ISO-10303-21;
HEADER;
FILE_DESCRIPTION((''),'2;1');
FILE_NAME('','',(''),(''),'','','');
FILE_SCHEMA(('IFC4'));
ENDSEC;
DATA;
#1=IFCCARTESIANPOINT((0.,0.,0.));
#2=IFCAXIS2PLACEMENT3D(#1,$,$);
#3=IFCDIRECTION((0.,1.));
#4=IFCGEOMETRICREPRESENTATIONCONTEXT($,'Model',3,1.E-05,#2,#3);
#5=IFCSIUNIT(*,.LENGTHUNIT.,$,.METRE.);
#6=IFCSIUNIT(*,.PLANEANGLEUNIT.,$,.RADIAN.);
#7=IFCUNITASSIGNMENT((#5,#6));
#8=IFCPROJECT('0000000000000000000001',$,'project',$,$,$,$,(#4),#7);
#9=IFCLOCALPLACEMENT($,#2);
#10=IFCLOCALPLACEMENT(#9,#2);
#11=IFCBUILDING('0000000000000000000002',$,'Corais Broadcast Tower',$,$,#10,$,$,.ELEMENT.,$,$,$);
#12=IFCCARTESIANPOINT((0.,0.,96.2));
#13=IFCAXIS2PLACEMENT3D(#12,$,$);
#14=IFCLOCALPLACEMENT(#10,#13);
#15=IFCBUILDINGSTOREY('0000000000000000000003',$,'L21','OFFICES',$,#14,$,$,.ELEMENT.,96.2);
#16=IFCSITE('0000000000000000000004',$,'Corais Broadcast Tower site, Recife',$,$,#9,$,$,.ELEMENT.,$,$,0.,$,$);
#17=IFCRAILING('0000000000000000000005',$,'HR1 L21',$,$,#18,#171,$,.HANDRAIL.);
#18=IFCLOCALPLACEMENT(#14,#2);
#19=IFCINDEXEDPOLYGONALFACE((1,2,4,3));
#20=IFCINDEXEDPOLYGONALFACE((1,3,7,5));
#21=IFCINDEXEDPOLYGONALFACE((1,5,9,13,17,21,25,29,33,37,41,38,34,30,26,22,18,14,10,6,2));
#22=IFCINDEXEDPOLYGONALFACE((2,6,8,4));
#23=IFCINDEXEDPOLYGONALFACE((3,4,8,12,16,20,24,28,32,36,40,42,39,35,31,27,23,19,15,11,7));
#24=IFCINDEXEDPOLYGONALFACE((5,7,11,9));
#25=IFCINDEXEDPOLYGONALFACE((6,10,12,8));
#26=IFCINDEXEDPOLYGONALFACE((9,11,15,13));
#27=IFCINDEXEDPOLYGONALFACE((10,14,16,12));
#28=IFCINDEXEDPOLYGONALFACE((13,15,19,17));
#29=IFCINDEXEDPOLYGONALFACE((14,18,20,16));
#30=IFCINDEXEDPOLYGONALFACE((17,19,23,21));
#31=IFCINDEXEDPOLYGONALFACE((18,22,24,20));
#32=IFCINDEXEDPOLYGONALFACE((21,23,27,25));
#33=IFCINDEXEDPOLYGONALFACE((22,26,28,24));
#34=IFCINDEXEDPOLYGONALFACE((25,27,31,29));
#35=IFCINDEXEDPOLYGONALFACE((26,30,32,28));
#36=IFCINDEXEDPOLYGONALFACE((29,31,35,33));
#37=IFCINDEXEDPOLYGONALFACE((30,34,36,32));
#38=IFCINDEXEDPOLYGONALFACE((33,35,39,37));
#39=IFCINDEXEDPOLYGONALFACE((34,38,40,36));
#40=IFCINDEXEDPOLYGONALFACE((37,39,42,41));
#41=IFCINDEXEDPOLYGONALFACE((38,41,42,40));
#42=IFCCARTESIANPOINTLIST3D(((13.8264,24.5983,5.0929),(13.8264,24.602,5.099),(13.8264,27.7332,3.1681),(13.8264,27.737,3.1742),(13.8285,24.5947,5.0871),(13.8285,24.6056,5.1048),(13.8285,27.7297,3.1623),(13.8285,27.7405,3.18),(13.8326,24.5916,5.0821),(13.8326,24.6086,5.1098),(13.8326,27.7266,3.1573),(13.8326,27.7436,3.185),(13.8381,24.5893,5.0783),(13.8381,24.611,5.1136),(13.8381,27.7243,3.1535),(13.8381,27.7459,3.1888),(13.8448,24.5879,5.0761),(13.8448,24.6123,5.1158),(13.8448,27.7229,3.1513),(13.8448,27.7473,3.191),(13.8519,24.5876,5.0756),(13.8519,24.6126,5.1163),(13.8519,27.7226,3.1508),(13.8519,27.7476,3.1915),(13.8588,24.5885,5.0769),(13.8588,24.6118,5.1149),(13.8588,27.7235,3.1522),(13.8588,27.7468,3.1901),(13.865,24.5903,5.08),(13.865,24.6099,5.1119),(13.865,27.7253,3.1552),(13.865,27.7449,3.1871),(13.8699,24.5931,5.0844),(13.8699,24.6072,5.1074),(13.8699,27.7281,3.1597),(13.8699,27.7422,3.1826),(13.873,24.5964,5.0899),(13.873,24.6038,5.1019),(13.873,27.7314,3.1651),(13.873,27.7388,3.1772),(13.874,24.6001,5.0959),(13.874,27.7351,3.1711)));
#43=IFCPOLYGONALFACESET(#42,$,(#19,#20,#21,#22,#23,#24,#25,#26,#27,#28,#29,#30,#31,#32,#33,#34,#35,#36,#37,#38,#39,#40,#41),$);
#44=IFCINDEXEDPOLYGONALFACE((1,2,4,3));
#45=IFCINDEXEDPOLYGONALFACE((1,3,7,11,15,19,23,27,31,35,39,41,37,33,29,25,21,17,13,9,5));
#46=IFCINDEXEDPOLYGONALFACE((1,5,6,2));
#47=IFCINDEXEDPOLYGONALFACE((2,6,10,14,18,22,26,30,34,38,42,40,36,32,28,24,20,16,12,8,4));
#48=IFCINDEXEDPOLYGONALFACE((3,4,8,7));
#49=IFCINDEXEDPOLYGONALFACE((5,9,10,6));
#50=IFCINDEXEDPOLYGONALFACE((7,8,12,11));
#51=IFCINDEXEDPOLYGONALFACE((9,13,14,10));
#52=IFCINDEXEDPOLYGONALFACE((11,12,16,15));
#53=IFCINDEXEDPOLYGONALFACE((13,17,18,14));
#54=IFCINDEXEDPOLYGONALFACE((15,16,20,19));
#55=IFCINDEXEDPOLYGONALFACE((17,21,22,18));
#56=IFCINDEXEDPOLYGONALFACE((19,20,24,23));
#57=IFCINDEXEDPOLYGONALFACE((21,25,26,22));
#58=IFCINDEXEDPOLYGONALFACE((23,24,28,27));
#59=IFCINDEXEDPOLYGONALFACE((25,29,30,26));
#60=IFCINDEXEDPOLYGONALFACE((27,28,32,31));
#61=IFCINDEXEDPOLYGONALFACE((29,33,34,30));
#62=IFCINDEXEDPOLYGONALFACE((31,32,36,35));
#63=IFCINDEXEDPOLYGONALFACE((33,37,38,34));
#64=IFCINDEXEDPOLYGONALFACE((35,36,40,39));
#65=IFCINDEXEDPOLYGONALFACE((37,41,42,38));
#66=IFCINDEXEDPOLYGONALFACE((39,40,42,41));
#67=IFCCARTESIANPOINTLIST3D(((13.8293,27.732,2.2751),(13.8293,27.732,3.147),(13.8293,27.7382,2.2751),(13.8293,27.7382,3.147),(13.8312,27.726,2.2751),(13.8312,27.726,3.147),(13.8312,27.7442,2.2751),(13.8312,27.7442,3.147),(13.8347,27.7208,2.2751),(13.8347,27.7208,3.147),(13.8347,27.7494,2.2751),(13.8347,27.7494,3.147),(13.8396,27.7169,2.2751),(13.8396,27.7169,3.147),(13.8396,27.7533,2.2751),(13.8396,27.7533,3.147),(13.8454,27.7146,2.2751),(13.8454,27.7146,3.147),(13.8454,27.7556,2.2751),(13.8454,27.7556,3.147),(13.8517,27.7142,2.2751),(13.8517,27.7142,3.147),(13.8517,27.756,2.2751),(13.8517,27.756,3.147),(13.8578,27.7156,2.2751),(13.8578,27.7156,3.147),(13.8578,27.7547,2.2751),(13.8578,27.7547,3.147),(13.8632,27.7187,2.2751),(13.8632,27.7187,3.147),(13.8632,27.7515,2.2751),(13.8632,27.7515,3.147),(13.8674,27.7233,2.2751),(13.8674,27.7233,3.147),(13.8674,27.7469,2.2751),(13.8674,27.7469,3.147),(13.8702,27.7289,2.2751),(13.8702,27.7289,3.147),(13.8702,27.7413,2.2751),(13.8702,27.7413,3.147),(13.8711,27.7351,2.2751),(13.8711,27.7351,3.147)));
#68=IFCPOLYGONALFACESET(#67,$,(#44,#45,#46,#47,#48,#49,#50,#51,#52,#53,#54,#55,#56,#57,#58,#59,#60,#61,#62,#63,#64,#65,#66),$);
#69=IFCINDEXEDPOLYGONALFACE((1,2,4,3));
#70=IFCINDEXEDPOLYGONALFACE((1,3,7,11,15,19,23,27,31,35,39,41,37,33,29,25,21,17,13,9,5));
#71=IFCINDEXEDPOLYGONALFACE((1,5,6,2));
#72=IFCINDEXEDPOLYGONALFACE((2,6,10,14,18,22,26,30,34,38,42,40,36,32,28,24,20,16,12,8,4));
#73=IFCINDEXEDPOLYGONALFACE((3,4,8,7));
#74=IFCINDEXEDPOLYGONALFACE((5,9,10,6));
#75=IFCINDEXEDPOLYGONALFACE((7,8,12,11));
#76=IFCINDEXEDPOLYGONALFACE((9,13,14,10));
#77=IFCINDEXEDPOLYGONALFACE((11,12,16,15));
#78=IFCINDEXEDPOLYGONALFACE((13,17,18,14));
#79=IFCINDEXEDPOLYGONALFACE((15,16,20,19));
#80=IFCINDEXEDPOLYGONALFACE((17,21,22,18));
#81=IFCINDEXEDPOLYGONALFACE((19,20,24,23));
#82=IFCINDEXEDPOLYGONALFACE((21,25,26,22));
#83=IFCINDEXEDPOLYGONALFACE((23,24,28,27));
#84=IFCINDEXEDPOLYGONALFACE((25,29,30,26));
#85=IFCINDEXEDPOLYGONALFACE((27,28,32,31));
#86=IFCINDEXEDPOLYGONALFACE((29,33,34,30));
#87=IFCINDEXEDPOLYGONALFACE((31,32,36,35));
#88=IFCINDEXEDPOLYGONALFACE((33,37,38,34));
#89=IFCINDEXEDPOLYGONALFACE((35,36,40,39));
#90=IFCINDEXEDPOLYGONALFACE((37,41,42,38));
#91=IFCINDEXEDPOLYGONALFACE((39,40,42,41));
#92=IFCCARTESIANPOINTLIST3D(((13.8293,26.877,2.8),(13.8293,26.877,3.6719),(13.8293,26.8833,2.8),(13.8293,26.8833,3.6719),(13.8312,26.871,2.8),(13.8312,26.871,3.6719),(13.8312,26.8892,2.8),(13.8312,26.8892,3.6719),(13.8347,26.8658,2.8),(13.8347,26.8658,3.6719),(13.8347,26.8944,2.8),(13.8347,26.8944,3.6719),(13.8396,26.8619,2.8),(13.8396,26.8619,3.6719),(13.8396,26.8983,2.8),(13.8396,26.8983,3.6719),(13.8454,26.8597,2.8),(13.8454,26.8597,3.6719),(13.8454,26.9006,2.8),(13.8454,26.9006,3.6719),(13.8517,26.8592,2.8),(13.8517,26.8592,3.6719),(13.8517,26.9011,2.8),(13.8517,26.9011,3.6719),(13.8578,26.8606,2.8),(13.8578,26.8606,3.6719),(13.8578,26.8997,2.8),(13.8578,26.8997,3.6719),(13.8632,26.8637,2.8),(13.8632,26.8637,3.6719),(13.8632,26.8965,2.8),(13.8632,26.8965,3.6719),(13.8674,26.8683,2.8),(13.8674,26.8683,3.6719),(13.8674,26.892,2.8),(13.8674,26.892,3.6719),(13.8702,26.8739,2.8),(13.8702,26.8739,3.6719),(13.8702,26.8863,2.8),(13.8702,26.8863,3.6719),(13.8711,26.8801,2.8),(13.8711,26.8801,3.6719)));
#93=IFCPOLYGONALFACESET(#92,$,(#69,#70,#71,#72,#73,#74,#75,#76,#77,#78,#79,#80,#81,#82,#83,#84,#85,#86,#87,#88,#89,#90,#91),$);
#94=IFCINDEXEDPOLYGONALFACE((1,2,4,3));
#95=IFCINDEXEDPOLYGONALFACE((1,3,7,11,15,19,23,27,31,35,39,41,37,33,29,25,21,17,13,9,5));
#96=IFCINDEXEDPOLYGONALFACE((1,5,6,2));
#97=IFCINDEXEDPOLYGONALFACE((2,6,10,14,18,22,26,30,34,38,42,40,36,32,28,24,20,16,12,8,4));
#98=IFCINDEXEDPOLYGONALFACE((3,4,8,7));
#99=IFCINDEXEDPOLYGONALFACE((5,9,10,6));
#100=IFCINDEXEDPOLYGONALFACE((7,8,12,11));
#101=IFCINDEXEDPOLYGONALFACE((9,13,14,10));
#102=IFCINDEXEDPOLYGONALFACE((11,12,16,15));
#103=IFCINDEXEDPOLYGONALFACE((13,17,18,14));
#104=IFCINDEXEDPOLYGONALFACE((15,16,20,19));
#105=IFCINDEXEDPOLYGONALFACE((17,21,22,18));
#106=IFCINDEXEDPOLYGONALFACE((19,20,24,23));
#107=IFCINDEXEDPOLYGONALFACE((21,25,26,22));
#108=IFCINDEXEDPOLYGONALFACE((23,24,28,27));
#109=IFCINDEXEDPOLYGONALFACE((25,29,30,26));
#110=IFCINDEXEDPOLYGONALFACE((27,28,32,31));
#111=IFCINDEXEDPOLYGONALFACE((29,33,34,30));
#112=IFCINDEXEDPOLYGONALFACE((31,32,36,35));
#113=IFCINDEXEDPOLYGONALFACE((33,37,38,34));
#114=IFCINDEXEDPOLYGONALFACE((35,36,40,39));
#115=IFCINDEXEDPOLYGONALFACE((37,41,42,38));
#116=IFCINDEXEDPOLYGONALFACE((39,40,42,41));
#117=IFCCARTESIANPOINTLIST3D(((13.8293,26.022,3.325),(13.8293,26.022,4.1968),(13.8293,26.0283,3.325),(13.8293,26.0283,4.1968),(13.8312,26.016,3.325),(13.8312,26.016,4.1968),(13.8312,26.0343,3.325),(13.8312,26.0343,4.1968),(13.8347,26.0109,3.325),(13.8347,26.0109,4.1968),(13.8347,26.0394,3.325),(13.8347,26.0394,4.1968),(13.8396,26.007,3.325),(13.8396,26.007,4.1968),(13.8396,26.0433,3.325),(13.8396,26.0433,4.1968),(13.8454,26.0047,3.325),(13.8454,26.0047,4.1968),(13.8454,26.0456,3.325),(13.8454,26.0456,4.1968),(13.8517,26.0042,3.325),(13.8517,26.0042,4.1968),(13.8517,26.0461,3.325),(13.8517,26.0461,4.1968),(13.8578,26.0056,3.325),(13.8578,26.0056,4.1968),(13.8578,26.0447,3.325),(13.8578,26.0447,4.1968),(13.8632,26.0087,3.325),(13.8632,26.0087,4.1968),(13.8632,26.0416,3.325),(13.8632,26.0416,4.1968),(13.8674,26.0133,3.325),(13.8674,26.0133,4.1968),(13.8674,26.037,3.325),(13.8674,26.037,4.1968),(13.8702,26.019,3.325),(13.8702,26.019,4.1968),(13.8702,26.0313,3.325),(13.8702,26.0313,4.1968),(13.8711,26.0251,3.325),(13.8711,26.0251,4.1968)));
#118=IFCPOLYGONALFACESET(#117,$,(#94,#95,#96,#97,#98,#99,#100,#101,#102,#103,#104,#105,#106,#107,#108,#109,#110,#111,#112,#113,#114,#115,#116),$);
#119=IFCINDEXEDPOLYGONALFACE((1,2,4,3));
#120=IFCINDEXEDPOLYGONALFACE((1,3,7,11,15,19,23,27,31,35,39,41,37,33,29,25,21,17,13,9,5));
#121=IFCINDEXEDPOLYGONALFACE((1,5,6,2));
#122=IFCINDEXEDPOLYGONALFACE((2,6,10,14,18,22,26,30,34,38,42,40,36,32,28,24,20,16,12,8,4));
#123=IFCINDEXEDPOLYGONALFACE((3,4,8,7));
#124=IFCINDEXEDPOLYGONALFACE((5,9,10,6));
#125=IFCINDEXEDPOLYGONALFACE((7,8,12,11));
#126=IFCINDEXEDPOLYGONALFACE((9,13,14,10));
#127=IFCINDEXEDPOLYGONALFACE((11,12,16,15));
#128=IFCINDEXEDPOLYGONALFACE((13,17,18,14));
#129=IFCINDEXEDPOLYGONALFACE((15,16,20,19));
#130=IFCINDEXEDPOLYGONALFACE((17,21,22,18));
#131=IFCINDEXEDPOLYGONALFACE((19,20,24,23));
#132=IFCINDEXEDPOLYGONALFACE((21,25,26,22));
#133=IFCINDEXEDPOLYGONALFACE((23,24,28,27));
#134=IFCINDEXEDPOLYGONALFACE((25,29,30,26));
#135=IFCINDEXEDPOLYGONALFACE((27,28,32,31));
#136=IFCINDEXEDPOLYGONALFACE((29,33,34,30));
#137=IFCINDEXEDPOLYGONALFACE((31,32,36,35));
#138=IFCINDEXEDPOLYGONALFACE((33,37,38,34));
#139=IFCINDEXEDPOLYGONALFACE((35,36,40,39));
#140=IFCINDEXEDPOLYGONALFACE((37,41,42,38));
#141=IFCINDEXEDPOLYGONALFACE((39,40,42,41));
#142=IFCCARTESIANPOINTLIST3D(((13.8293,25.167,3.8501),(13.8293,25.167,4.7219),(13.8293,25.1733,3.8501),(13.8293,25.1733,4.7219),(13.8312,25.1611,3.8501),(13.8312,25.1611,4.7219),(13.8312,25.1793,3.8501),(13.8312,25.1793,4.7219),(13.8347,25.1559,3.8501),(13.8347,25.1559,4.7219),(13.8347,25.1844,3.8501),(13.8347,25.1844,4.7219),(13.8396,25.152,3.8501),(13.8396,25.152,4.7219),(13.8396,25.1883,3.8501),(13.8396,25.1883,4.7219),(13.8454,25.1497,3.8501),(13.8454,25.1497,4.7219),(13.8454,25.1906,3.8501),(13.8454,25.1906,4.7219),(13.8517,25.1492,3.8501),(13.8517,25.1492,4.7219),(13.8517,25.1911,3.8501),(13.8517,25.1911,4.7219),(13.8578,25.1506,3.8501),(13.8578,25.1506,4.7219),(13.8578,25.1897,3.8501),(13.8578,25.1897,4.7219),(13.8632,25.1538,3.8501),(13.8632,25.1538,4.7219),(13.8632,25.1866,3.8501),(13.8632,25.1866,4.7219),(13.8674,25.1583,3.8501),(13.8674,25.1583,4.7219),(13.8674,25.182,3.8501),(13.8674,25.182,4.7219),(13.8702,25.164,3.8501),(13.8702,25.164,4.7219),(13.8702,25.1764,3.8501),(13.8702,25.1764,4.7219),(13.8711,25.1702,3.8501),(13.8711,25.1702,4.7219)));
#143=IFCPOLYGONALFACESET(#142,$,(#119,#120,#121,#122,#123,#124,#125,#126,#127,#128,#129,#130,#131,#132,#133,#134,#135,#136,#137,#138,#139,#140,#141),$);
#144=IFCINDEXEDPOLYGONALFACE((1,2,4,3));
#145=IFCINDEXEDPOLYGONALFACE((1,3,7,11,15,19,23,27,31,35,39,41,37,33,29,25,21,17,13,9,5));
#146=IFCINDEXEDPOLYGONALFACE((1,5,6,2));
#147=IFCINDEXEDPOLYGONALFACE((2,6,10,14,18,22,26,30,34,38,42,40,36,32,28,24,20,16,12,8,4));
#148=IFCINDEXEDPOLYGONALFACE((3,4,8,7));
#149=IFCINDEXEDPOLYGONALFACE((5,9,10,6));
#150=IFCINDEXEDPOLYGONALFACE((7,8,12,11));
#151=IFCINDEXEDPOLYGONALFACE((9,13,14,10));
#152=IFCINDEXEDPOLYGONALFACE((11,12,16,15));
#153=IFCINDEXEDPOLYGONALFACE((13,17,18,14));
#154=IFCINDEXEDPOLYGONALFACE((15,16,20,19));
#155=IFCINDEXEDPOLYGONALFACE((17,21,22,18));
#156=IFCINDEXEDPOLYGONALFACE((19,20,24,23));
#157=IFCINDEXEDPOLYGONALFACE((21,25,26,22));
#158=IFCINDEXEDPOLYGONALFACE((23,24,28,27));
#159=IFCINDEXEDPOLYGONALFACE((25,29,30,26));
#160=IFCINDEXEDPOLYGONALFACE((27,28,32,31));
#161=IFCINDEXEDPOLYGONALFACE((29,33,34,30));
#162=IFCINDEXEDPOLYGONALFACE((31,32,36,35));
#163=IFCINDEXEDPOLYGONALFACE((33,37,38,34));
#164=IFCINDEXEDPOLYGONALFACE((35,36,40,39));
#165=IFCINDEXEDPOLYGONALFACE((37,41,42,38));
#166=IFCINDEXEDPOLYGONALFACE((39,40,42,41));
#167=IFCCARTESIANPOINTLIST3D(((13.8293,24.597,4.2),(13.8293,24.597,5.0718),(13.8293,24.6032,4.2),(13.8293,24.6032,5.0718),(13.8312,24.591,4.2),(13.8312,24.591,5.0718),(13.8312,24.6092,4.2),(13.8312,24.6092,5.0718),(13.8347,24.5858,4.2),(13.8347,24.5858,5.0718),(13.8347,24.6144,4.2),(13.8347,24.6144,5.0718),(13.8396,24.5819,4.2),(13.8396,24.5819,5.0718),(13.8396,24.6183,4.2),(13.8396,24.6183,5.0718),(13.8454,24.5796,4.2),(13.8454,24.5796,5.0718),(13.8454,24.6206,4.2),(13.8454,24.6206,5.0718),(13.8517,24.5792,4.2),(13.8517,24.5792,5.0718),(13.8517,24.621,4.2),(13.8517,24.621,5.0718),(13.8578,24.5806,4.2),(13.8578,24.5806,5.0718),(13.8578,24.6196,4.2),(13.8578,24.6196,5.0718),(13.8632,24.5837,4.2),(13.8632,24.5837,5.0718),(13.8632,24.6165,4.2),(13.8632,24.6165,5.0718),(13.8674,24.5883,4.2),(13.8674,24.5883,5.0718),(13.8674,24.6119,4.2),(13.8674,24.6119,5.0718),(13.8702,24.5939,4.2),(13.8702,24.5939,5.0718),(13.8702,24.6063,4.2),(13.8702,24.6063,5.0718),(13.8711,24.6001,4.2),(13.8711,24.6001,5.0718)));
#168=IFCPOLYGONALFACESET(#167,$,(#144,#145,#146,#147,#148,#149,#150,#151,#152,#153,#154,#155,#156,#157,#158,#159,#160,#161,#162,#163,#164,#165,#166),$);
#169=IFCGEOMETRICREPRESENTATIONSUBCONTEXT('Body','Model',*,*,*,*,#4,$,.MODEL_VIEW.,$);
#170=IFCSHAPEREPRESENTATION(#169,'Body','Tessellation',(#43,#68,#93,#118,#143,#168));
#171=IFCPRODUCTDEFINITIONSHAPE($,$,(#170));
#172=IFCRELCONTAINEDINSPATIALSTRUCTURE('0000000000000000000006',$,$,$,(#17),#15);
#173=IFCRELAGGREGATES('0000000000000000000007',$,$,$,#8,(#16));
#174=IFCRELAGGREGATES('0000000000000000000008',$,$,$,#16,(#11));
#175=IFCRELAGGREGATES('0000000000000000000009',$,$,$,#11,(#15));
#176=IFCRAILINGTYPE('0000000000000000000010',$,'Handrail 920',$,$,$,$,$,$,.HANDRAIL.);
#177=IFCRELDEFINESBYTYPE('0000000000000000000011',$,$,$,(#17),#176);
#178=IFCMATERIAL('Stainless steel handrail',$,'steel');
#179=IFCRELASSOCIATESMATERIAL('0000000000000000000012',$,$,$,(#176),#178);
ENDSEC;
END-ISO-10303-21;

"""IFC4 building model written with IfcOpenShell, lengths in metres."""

from ifc_helpers import new_model, si_unit, direction, frame, origin, origin_2d, place, context, subcontext, project, spatial, circle, extrude, material, type_object, element, save


model = new_model("IFC4")

# Units and contexts
model_context = context("Model", 3, precision=1e-05, world=origin(), true_north=direction((0.0, 1.0)))
body_context = subcontext(model_context, "Body", "Model", "MODEL_VIEW")
ifc_project = project(units=[si_unit("LENGTHUNIT", "METRE"), si_unit("PLANEANGLEUNIT", "RADIAN")], contexts=[model_context])

# Site, building, storey
site_placement = place(None, origin())
site = spatial("IfcSite", under=ifc_project, at=site_placement, Name="Corais Broadcast Tower site, Recife", CompositionType="ELEMENT", RefElevation=0.0)
building_placement = place(site_placement, origin())
building = spatial("IfcBuilding", under=site, at=building_placement, Name="Corais Broadcast Tower", CompositionType="ELEMENT")
storey_placement = place(building_placement, frame((0.0, 0.0, 96.2)))
storey = spatial("IfcBuildingStorey", under=building, at=storey_placement, Name="L21", Description="OFFICES", CompositionType="ELEMENT", Elevation=96.2)

# Railing
ifc_material_1 = material(Name="Stainless steel handrail", Category="steel")
railing_type = type_object("IfcRailingType", Name="Handrail 920", PredefinedType="HANDRAIL", material=ifc_material_1)
railing_placement = place(storey_placement, frame((13.8501, 27.7351, 2.2751)))
element("IfcRailing", 1, at=railing_placement, inside=storey, type_object=railing_type, Name="HR1 L21", PredefinedType="HANDRAIL", context=body_context, shape_type="SweptSolid", body=[
    extrude(circle(Radius=0.0239, at=origin_2d()), frame((0.0, 0.0, 0.896), z_axis=(0.0, -0.852196, 0.523223), x_axis=(1.0, 0.0, 0.0)), (0.0, 0.0, 1.0), 3.6787),
    extrude(circle(Radius=0.021, at=origin_2d()), origin(), (0.0, 0.0, 1.0), 0.8718),
    extrude(circle(Radius=0.021, at=origin_2d()), frame((0.0, -0.855, 0.5249)), (0.0, 0.0, 1.0), 0.8718),
    extrude(circle(Radius=0.021, at=origin_2d()), frame((0.0, -1.71, 1.0498)), (0.0, 0.0, 1.0), 0.8718),
    extrude(circle(Radius=0.021, at=origin_2d()), frame((0.0, -2.5649, 1.575)), (0.0, 0.0, 1.0), 0.8718),
    extrude(circle(Radius=0.021, at=origin_2d()), frame((0.0, -3.135, 1.9248)), (0.0, 0.0, 1.0), 0.8718),
])

save(model, "model.ifc")
